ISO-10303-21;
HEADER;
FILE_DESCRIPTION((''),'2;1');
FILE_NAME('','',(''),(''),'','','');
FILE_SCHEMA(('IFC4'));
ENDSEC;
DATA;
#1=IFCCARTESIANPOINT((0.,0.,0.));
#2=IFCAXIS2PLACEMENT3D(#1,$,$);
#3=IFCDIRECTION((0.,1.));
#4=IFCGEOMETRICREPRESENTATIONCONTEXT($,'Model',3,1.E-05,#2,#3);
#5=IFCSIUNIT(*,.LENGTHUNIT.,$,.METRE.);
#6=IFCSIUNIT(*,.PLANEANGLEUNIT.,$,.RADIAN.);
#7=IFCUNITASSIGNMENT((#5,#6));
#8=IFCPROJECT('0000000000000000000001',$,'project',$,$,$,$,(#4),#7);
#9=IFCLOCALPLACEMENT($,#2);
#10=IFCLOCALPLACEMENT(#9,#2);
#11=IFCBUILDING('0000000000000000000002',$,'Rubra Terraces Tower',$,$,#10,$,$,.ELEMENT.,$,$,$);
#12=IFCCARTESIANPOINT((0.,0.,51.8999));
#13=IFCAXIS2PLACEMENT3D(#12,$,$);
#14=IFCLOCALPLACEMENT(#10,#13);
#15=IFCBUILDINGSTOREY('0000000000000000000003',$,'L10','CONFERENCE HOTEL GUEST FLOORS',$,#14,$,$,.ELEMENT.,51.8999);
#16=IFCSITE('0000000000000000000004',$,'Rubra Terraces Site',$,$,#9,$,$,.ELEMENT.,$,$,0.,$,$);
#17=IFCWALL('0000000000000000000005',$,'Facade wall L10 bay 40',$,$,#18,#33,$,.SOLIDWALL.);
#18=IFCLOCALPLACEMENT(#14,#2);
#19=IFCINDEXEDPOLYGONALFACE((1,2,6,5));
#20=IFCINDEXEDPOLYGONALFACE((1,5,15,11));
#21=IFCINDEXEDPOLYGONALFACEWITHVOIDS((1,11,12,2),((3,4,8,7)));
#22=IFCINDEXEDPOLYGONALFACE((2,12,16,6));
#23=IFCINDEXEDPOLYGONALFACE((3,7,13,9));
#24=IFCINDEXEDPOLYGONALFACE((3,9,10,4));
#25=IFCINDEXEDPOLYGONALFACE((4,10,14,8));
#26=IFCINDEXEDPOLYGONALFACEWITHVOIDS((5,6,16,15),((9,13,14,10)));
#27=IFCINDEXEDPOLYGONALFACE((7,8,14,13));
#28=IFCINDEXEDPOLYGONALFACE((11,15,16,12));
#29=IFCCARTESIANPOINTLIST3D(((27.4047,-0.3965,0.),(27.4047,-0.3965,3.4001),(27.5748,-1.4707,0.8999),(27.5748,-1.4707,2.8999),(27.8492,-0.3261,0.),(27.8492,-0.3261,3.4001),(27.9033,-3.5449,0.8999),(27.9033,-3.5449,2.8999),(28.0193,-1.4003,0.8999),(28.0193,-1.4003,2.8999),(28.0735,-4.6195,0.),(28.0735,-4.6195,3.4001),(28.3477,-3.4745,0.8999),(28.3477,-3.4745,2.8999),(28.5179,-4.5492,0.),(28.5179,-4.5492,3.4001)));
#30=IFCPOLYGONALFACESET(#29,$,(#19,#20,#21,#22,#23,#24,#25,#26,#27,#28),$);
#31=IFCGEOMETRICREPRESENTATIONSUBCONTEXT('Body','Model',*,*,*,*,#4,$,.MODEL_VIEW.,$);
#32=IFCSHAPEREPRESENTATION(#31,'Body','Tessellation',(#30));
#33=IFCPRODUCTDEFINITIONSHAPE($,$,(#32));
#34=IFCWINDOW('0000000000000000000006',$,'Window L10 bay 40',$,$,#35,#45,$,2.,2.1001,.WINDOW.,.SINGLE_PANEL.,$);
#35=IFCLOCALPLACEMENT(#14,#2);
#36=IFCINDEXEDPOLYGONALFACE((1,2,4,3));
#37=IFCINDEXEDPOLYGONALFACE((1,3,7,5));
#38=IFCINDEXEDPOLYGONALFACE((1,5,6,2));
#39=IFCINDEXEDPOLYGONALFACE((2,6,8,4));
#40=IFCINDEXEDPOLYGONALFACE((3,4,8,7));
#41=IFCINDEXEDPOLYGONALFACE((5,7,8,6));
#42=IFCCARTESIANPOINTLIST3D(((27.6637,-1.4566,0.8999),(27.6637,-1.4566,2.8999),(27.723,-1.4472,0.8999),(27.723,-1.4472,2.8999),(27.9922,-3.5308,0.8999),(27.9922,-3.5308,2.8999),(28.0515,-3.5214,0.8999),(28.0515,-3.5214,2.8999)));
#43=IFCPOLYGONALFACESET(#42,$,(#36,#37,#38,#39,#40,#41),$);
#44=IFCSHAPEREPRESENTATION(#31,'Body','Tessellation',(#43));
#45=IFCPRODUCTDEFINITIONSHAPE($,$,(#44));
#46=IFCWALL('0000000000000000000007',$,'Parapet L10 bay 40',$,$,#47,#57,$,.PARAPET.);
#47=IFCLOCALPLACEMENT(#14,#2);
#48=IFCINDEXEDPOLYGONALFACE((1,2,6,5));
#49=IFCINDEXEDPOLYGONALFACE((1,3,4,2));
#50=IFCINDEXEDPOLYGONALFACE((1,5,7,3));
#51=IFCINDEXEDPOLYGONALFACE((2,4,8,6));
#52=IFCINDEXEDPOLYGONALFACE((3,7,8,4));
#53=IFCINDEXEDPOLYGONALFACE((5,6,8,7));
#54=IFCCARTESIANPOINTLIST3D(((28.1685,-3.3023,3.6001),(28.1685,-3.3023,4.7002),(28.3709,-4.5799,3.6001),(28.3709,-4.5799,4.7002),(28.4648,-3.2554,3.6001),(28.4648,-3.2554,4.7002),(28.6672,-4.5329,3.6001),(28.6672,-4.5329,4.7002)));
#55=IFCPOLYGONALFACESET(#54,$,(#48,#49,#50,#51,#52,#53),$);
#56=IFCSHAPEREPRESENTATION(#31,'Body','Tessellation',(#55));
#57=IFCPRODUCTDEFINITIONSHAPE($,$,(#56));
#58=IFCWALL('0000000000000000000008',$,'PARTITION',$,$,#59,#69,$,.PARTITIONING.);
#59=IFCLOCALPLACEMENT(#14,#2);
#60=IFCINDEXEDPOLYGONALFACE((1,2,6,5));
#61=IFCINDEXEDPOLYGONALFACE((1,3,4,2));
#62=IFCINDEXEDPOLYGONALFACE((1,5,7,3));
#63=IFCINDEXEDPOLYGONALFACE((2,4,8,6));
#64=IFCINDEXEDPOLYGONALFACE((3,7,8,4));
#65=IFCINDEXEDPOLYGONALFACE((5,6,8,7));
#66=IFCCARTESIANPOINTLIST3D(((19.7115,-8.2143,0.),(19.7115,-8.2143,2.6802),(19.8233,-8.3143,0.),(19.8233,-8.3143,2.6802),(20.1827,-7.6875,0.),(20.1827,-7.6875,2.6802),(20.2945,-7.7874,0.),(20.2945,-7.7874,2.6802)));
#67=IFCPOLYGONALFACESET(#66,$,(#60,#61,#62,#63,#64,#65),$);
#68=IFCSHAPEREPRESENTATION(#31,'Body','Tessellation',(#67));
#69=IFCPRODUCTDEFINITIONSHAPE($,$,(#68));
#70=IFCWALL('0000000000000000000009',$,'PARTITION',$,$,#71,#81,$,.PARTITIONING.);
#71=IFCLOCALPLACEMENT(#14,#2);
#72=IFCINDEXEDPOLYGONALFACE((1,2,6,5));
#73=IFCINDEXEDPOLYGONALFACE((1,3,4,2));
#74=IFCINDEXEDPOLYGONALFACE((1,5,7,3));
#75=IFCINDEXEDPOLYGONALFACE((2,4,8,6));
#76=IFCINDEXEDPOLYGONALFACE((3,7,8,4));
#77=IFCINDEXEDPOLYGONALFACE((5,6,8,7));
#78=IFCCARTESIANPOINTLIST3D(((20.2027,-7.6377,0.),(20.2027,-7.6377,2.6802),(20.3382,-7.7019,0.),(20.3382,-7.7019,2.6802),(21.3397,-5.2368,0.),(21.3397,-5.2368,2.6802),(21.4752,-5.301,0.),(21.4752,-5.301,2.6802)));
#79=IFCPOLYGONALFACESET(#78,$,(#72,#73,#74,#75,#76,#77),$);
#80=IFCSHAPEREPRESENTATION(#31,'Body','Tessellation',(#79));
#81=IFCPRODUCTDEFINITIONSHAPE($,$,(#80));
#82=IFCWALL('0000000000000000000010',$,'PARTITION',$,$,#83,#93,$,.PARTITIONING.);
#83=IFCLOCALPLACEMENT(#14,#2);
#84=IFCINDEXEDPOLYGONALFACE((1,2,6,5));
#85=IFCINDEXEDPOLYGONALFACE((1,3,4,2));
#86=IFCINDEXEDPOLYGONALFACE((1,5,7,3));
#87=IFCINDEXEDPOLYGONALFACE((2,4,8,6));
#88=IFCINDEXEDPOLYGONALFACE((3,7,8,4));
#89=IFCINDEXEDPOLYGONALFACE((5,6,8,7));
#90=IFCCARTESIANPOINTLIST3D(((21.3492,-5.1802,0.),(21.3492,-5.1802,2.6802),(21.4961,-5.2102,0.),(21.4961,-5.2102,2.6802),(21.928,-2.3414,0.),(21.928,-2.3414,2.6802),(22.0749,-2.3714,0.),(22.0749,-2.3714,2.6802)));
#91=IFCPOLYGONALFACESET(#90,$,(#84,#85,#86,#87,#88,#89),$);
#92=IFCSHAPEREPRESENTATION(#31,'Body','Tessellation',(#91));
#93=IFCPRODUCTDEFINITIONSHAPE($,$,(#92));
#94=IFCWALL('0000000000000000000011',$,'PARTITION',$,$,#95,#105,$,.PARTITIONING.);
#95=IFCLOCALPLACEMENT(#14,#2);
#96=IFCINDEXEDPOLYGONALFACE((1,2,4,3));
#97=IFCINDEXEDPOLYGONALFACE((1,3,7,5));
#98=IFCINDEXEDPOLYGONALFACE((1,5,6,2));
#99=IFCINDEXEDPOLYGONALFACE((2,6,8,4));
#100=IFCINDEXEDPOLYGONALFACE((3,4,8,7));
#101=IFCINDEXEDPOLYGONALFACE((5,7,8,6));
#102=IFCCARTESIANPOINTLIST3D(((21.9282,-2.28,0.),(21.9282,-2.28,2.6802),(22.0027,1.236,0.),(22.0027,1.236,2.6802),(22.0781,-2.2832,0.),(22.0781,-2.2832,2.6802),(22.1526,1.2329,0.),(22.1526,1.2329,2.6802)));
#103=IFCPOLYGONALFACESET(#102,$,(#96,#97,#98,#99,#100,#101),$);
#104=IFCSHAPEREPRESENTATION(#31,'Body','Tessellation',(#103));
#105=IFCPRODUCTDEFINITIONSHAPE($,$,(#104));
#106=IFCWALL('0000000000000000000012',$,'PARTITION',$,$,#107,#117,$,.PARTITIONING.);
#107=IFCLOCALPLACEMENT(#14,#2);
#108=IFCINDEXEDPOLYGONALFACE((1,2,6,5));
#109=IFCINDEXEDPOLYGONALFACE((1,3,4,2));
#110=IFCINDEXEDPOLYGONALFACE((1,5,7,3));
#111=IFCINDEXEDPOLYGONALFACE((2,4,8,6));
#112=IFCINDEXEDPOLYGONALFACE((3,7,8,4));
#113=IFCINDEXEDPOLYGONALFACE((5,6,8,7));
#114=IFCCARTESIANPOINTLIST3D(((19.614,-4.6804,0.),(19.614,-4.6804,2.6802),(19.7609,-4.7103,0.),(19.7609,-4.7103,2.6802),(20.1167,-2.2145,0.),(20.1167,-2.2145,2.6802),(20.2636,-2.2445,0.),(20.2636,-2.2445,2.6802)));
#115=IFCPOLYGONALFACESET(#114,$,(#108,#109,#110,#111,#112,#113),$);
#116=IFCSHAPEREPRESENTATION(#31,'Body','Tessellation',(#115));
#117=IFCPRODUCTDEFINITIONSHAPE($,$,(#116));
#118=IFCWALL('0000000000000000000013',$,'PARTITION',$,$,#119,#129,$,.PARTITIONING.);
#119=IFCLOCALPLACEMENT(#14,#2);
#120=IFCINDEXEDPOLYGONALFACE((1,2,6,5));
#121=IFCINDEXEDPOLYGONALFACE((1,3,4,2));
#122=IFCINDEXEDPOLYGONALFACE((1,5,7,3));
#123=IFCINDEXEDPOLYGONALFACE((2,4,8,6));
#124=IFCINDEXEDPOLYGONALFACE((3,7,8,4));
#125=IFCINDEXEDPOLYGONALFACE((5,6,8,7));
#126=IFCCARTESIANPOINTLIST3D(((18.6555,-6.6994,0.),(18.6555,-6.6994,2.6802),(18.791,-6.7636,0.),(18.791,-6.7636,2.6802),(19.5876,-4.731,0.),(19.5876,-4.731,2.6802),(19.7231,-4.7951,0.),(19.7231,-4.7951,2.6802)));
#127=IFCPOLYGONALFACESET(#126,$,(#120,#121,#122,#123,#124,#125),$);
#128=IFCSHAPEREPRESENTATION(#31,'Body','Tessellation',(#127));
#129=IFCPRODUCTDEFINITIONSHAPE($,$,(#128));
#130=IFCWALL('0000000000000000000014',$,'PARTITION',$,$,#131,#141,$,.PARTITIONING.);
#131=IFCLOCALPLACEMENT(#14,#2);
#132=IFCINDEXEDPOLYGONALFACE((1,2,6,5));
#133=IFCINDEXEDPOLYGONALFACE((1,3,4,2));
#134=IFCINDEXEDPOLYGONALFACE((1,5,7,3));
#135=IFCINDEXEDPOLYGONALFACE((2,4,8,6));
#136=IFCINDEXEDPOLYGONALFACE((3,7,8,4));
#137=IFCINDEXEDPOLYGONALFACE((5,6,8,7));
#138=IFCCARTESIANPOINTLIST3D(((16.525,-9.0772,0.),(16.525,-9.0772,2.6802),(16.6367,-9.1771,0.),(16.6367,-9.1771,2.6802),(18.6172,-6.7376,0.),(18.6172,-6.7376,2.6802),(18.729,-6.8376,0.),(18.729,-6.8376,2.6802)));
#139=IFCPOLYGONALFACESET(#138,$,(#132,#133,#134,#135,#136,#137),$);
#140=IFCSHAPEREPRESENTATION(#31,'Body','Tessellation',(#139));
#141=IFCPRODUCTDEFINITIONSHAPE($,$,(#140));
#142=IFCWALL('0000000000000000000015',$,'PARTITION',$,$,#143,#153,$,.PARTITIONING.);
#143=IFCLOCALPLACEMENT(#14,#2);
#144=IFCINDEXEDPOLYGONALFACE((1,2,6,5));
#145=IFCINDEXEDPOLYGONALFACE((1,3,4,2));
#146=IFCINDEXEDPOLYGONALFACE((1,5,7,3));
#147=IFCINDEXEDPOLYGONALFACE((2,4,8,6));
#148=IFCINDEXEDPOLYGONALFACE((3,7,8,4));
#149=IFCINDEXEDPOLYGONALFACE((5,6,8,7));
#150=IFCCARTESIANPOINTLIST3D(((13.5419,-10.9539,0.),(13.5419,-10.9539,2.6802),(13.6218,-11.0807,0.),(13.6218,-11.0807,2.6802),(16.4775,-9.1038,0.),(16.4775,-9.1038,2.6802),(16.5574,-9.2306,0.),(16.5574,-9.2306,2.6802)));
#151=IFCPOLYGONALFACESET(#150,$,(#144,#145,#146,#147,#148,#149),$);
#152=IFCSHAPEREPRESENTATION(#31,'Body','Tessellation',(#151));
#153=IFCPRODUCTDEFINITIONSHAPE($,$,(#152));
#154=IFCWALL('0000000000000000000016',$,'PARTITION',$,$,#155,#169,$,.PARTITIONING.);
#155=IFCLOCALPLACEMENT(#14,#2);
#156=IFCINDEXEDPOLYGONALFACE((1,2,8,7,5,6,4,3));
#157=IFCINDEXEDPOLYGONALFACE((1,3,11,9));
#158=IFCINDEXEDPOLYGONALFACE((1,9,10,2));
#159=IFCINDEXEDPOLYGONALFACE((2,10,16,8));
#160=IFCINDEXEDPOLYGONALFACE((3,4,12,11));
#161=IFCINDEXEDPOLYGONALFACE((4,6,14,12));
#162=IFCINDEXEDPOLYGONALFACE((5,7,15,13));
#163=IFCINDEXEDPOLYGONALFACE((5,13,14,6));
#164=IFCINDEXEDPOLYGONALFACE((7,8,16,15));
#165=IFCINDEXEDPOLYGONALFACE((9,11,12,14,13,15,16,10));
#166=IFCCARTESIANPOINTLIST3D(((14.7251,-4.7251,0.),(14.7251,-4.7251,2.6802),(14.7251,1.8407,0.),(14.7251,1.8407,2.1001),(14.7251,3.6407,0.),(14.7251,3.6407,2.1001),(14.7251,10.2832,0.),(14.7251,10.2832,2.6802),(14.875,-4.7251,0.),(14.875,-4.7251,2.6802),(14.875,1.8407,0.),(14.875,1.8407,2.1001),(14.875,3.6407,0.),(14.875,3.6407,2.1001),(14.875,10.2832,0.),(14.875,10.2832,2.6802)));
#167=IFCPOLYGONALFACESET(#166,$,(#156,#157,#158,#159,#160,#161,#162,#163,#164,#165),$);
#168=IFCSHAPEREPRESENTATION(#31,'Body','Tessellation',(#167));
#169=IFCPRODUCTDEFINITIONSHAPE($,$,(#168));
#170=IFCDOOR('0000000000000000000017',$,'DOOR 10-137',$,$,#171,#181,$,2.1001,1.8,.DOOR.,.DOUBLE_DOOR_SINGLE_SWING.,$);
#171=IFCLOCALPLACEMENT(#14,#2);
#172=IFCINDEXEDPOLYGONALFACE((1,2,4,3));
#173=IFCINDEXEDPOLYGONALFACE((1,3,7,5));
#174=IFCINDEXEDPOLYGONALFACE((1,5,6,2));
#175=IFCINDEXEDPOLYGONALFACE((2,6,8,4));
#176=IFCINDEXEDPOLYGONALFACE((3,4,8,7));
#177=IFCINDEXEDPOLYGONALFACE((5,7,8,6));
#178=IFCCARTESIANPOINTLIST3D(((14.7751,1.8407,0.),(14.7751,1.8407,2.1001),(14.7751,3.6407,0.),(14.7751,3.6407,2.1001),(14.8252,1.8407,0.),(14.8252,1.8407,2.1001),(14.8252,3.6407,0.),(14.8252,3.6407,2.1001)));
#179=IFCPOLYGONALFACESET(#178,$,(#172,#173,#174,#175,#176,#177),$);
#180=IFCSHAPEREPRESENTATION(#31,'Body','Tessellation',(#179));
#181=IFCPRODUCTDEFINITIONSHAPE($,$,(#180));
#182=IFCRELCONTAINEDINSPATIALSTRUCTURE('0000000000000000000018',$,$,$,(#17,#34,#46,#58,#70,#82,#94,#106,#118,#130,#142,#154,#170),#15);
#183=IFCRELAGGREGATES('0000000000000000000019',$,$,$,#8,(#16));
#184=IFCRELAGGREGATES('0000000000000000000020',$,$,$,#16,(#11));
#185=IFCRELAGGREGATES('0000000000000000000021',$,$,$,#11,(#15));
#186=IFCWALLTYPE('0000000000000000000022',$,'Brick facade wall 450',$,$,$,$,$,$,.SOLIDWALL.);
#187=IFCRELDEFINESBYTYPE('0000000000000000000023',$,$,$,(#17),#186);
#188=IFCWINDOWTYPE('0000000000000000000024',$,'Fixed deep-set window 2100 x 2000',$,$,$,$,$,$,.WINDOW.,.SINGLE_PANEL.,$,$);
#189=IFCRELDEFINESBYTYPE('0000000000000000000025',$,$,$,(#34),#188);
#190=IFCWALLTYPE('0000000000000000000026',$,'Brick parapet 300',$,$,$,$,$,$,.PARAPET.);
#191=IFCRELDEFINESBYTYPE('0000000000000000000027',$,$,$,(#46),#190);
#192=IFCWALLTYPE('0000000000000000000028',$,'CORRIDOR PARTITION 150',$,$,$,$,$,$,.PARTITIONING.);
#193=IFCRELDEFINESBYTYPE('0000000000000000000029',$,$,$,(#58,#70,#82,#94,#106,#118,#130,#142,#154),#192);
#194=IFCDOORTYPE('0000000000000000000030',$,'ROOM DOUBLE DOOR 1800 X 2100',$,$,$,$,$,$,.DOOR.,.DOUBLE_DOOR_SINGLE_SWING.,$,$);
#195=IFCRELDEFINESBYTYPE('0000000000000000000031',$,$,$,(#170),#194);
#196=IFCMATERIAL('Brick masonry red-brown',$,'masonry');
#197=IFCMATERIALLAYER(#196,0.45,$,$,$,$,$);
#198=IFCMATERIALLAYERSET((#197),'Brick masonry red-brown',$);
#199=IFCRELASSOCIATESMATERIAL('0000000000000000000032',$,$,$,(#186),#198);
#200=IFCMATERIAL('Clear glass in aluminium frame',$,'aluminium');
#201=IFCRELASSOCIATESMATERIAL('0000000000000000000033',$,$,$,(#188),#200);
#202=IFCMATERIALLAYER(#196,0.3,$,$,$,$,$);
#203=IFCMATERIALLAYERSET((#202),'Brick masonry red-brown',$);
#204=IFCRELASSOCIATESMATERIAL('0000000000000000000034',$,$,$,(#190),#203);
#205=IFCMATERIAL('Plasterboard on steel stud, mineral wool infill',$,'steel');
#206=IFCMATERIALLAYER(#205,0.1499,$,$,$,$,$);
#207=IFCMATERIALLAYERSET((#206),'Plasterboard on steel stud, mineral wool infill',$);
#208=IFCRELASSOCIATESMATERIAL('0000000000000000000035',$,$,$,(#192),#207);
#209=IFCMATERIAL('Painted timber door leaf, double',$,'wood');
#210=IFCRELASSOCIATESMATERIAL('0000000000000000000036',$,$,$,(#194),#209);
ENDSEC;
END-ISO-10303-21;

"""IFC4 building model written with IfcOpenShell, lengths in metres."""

from ifc_helpers import new_model, si_unit, direction, frame, frame_2d, origin, place, context, subcontext, project, spatial, rectangle, extrude, material, layer, layer_set, type_object, element, fill, save


model = new_model("IFC4")

# Units and contexts
model_context = context("Model", 3, precision=1e-05, world=origin(), true_north=direction((0.0, 1.0)))
body_context = subcontext(model_context, "Body", "Model", "MODEL_VIEW")
ifc_project = project(units=[si_unit("LENGTHUNIT", "METRE"), si_unit("PLANEANGLEUNIT", "RADIAN")], contexts=[model_context])

# Site, building, storey
site_placement = place(None, origin())
site = spatial("IfcSite", under=ifc_project, at=site_placement, Name="Rubra Terraces Site", CompositionType="ELEMENT", RefElevation=0.0)
building_placement = place(site_placement, origin())
building = spatial("IfcBuilding", under=site, at=building_placement, Name="Rubra Terraces Tower", CompositionType="ELEMENT")
storey_placement = place(building_placement, frame((0.0, 0.0, 51.8999)))
storey = spatial("IfcBuildingStorey", under=building, at=storey_placement, Name="L10", Description="CONFERENCE HOTEL GUEST FLOORS", CompositionType="ELEMENT", Elevation=51.8999)

# Wall, opening, window
ifc_material_1 = material(Name="Brick masonry red-brown", Category="masonry")
ifc_layer_1 = layer(ifc_material_1, 0.45)
ifc_layer_set_1 = layer_set([ifc_layer_1], Name="Brick masonry red-brown")
wall_type_1 = type_object("IfcWallType", Name="Brick facade wall 450", PredefinedType="SOLIDWALL", material=ifc_layer_set_1)
ifc_material_2 = material(Name="Clear glass in aluminium frame", Category="aluminium")
window_type = type_object("IfcWindowType", Name="Fixed deep-set window 2100 x 2000", PartitioningType="SINGLE_PANEL", PredefinedType="WINDOW", material=ifc_material_2)
wall_1_placement = place(storey_placement, frame((28.2957, -4.5842, 0.0), z_axis=(0.0, 0.0, 1.0), x_axis=(-0.156402, 0.987693, 0.0)))
wall_1 = element("IfcWall", 1, at=wall_1_placement, inside=storey, type_object=wall_type_1, Name="Facade wall L10 bay 40", PredefinedType="SOLIDWALL", context=body_context, shape_type="SweptSolid", body=[
    extrude(rectangle(XDim=4.2756, YDim=0.45, at=frame_2d((2.1377, 0.0))), origin(), (0.0, 0.0, 1.0), 3.4001),
])
opening_1_placement = place(wall_1_placement, frame((1.0879, 0.0, 0.8999)))
opening_1 = element("IfcOpeningElement", 2, at=opening_1_placement, cuts=wall_1, PredefinedType="OPENING", context=body_context, shape_type="SweptSolid", body=[
    extrude(rectangle(XDim=2.1001, YDim=2.0, at=frame_2d((1.05, 1.0))), frame((0.0, 0.2349, 0.0), z_axis=(0.0, -1.0, 0.0), x_axis=(1.0, 0.0, 0.0)), (0.0, 0.0, 1.0), 0.47),
])
window_1_placement = place(opening_1_placement, origin())
window_1 = element("IfcWindow", 3, at=window_1_placement, inside=storey, type_object=window_type, Name="Window L10 bay 40", OverallHeight=2.0, OverallWidth=2.1001, PartitioningType="SINGLE_PANEL", PredefinedType="WINDOW", context=body_context, shape_type="SweptSolid", body=[
    extrude(rectangle(XDim=2.1001, YDim=2.0, at=frame_2d((1.05, 1.0))), frame((0.0, 0.135, 0.0), z_axis=(0.0, -1.0, 0.0), x_axis=(1.0, 0.0, 0.0)), (0.0, 0.0, 1.0), 0.0601),
])
fill(opening_1, window_1)

# Walls
ifc_layer_2 = layer(ifc_material_1, 0.3)
ifc_layer_set_2 = layer_set([ifc_layer_2], Name="Brick masonry red-brown")
wall_type_2 = type_object("IfcWallType", Name="Brick parapet 300", PredefinedType="PARAPET", material=ifc_layer_set_2)
wall_2_placement = place(storey_placement, frame((28.519, -4.5564, 3.6001), z_axis=(0.0, 0.0, 1.0), x_axis=(-0.156467, 0.987683, 0.0)))
element("IfcWall", 4, at=wall_2_placement, inside=storey, type_object=wall_type_2, Name="Parapet L10 bay 40", PredefinedType="PARAPET", context=body_context, shape_type="SweptSolid", body=[
    extrude(rectangle(XDim=1.2935, YDim=0.3, at=frame_2d((0.6467, 0.0))), origin(), (0.0, 0.0, 1.0), 1.1001),
])
ifc_material_3 = material(Name="Plasterboard on steel stud, mineral wool infill", Category="steel")
ifc_layer_3 = layer(ifc_material_3, 0.1499)
ifc_layer_set_3 = layer_set([ifc_layer_3], Name="Plasterboard on steel stud, mineral wool infill")
wall_type_3 = type_object("IfcWallType", Name="CORRIDOR PARTITION 150", PredefinedType="PARTITIONING", material=ifc_layer_set_3)
wall_3_placement = place(storey_placement, frame((19.7673, -8.2644, 0.0), z_axis=(0.0, 0.0, 1.0), x_axis=(0.666633, 0.745386, 0.0)))
element("IfcWall", 5, at=wall_3_placement, inside=storey, type_object=wall_type_3, Name="PARTITION", PredefinedType="PARTITIONING", context=body_context, shape_type="SweptSolid", body=[
    extrude(rectangle(XDim=0.7068, YDim=0.1499, at=frame_2d((0.3535, 0.0))), origin(), (0.0, 0.0, 1.0), 2.6802),
])
wall_4_placement = place(storey_placement, frame((20.2705, -7.6697, 0.0), z_axis=(0.0, 0.0, 1.0), x_axis=(0.427995, 0.903781, 0.0)))
element("IfcWall", 6, at=wall_4_placement, inside=storey, type_object=wall_type_3, Name="PARTITION", PredefinedType="PARTITIONING", context=body_context, shape_type="SweptSolid", body=[
    extrude(rectangle(XDim=2.6565, YDim=0.1499, at=frame_2d((1.3281, 0.0))), origin(), (0.0, 0.0, 1.0), 2.6802),
])
wall_5_placement = place(storey_placement, frame((21.4226, -5.1953, 0.0), z_axis=(0.0, 0.0, 1.0), x_axis=(0.199793, 0.979838, 0.0)))
element("IfcWall", 7, at=wall_5_placement, inside=storey, type_object=wall_type_3, Name="PARTITION", PredefinedType="PARTITIONING", context=body_context, shape_type="SweptSolid", body=[
    extrude(rectangle(XDim=2.8972, YDim=0.1499, at=frame_2d((1.4487, 0.0))), origin(), (0.0, 0.0, 1.0), 2.6802),
])
wall_6_placement = place(storey_placement, frame((22.0032, -2.2815, 0.0), z_axis=(0.0, 0.0, 1.0), x_axis=(0.021173, 0.999776, 0.0)))
element("IfcWall", 8, at=wall_6_placement, inside=storey, type_object=wall_type_3, Name="PARTITION", PredefinedType="PARTITIONING", context=body_context, shape_type="SweptSolid", body=[
    extrude(rectangle(XDim=3.5168, YDim=0.1499, at=frame_2d((1.7583, 0.0))), origin(), (0.0, 0.0, 1.0), 2.6802),
])
wall_7_placement = place(storey_placement, frame((20.1902, -2.2295, 0.0), z_axis=(0.0, 0.0, 1.0), x_axis=(-0.199753, -0.979846, 0.0)))
element("IfcWall", 9, at=wall_7_placement, inside=storey, type_object=wall_type_3, Name="PARTITION", PredefinedType="PARTITIONING", context=body_context, shape_type="SweptSolid", body=[
    extrude(rectangle(XDim=2.5166, YDim=0.1499, at=frame_2d((1.2583, 0.0))), origin(), (0.0, 0.0, 1.0), 2.6802),
])
wall_8_placement = place(storey_placement, frame((19.6553, -4.7632, 0.0), z_axis=(0.0, 0.0, 1.0), x_axis=(-0.427966, -0.903795, 0.0)))
element("IfcWall", 10, at=wall_8_placement, inside=storey, type_object=wall_type_3, Name="PARTITION", PredefinedType="PARTITIONING", context=body_context, shape_type="SweptSolid", body=[
    extrude(rectangle(XDim=2.178, YDim=0.1499, at=frame_2d((1.0889, 0.0))), origin(), (0.0, 0.0, 1.0), 2.6802),
])
wall_9_placement = place(storey_placement, frame((18.6731, -6.7876, 0.0), z_axis=(0.0, 0.0, 1.0), x_axis=(-0.666611, -0.745406, 0.0)))
element("IfcWall", 11, at=wall_9_placement, inside=storey, type_object=wall_type_3, Name="PARTITION", PredefinedType="PARTITIONING", context=body_context, shape_type="SweptSolid", body=[
    extrude(rectangle(XDim=3.1387, YDim=0.1499, at=frame_2d((1.5693, 0.0))), origin(), (0.0, 0.0, 1.0), 2.6802),
])
wall_10_placement = place(storey_placement, frame((16.5173, -9.1672, 0.0), z_axis=(0.0, 0.0, 1.0), x_axis=(-0.846, -0.533183, 0.0)))
element("IfcWall", 12, at=wall_10_placement, inside=storey, type_object=wall_type_3, Name="PARTITION", PredefinedType="PARTITIONING", context=body_context, shape_type="SweptSolid", body=[
    extrude(rectangle(XDim=3.47, YDim=0.1499, at=frame_2d((1.7349, 0.0))), origin(), (0.0, 0.0, 1.0), 2.6802),
])

# Wall, opening, door
wall_11_placement = place(storey_placement, frame((14.8, -4.7251, 0.0), z_axis=(0.0, 0.0, 1.0), x_axis=(0.0, 1.0, 0.0)))
wall_11 = element("IfcWall", 13, at=wall_11_placement, inside=storey, type_object=wall_type_3, Name="PARTITION", PredefinedType="PARTITIONING", context=body_context, shape_type="SweptSolid", body=[
    extrude(rectangle(XDim=15.0083, YDim=0.1499, at=frame_2d((7.5042, 0.0))), origin(), (0.0, 0.0, 1.0), 2.6802),
])
opening_2_placement = place(wall_11_placement, frame((6.5659, 0.0, 0.0)))
opening_2 = element("IfcOpeningElement", 14, at=opening_2_placement, cuts=wall_11, PredefinedType="OPENING", context=body_context, shape_type="SweptSolid", body=[
    extrude(rectangle(XDim=1.8, YDim=2.1001, at=frame_2d((0.8999, 1.05))), frame((0.0, 0.085, 0.0), z_axis=(0.0, -1.0, 0.0), x_axis=(1.0, 0.0, 0.0)), (0.0, 0.0, 1.0), 0.1699),
])
ifc_material_4 = material(Name="Painted timber door leaf, double", Category="wood")
door_type_1 = type_object("IfcDoorType", Name="ROOM DOUBLE DOOR 1800 X 2100", OperationType="DOUBLE_DOOR_SINGLE_SWING", PredefinedType="DOOR", material=ifc_material_4)
door_1_placement = place(opening_2_placement, origin())
door_1 = element("IfcDoor", 15, at=door_1_placement, inside=storey, type_object=door_type_1, Name="DOOR 10-137", OperationType="DOUBLE_DOOR_SINGLE_SWING", OverallHeight=2.1001, OverallWidth=1.8, PredefinedType="DOOR", context=body_context, shape_type="SweptSolid", body=[
    extrude(rectangle(XDim=1.8, YDim=2.1001, at=frame_2d((0.8999, 1.05))), frame((0.0, 0.0249, 0.0), z_axis=(0.0, -1.0, 0.0), x_axis=(1.0, 0.0, 0.0)), (0.0, 0.0, 1.0), 0.05),
])
fill(opening_2, door_1)

save(model, "model.ifc")
